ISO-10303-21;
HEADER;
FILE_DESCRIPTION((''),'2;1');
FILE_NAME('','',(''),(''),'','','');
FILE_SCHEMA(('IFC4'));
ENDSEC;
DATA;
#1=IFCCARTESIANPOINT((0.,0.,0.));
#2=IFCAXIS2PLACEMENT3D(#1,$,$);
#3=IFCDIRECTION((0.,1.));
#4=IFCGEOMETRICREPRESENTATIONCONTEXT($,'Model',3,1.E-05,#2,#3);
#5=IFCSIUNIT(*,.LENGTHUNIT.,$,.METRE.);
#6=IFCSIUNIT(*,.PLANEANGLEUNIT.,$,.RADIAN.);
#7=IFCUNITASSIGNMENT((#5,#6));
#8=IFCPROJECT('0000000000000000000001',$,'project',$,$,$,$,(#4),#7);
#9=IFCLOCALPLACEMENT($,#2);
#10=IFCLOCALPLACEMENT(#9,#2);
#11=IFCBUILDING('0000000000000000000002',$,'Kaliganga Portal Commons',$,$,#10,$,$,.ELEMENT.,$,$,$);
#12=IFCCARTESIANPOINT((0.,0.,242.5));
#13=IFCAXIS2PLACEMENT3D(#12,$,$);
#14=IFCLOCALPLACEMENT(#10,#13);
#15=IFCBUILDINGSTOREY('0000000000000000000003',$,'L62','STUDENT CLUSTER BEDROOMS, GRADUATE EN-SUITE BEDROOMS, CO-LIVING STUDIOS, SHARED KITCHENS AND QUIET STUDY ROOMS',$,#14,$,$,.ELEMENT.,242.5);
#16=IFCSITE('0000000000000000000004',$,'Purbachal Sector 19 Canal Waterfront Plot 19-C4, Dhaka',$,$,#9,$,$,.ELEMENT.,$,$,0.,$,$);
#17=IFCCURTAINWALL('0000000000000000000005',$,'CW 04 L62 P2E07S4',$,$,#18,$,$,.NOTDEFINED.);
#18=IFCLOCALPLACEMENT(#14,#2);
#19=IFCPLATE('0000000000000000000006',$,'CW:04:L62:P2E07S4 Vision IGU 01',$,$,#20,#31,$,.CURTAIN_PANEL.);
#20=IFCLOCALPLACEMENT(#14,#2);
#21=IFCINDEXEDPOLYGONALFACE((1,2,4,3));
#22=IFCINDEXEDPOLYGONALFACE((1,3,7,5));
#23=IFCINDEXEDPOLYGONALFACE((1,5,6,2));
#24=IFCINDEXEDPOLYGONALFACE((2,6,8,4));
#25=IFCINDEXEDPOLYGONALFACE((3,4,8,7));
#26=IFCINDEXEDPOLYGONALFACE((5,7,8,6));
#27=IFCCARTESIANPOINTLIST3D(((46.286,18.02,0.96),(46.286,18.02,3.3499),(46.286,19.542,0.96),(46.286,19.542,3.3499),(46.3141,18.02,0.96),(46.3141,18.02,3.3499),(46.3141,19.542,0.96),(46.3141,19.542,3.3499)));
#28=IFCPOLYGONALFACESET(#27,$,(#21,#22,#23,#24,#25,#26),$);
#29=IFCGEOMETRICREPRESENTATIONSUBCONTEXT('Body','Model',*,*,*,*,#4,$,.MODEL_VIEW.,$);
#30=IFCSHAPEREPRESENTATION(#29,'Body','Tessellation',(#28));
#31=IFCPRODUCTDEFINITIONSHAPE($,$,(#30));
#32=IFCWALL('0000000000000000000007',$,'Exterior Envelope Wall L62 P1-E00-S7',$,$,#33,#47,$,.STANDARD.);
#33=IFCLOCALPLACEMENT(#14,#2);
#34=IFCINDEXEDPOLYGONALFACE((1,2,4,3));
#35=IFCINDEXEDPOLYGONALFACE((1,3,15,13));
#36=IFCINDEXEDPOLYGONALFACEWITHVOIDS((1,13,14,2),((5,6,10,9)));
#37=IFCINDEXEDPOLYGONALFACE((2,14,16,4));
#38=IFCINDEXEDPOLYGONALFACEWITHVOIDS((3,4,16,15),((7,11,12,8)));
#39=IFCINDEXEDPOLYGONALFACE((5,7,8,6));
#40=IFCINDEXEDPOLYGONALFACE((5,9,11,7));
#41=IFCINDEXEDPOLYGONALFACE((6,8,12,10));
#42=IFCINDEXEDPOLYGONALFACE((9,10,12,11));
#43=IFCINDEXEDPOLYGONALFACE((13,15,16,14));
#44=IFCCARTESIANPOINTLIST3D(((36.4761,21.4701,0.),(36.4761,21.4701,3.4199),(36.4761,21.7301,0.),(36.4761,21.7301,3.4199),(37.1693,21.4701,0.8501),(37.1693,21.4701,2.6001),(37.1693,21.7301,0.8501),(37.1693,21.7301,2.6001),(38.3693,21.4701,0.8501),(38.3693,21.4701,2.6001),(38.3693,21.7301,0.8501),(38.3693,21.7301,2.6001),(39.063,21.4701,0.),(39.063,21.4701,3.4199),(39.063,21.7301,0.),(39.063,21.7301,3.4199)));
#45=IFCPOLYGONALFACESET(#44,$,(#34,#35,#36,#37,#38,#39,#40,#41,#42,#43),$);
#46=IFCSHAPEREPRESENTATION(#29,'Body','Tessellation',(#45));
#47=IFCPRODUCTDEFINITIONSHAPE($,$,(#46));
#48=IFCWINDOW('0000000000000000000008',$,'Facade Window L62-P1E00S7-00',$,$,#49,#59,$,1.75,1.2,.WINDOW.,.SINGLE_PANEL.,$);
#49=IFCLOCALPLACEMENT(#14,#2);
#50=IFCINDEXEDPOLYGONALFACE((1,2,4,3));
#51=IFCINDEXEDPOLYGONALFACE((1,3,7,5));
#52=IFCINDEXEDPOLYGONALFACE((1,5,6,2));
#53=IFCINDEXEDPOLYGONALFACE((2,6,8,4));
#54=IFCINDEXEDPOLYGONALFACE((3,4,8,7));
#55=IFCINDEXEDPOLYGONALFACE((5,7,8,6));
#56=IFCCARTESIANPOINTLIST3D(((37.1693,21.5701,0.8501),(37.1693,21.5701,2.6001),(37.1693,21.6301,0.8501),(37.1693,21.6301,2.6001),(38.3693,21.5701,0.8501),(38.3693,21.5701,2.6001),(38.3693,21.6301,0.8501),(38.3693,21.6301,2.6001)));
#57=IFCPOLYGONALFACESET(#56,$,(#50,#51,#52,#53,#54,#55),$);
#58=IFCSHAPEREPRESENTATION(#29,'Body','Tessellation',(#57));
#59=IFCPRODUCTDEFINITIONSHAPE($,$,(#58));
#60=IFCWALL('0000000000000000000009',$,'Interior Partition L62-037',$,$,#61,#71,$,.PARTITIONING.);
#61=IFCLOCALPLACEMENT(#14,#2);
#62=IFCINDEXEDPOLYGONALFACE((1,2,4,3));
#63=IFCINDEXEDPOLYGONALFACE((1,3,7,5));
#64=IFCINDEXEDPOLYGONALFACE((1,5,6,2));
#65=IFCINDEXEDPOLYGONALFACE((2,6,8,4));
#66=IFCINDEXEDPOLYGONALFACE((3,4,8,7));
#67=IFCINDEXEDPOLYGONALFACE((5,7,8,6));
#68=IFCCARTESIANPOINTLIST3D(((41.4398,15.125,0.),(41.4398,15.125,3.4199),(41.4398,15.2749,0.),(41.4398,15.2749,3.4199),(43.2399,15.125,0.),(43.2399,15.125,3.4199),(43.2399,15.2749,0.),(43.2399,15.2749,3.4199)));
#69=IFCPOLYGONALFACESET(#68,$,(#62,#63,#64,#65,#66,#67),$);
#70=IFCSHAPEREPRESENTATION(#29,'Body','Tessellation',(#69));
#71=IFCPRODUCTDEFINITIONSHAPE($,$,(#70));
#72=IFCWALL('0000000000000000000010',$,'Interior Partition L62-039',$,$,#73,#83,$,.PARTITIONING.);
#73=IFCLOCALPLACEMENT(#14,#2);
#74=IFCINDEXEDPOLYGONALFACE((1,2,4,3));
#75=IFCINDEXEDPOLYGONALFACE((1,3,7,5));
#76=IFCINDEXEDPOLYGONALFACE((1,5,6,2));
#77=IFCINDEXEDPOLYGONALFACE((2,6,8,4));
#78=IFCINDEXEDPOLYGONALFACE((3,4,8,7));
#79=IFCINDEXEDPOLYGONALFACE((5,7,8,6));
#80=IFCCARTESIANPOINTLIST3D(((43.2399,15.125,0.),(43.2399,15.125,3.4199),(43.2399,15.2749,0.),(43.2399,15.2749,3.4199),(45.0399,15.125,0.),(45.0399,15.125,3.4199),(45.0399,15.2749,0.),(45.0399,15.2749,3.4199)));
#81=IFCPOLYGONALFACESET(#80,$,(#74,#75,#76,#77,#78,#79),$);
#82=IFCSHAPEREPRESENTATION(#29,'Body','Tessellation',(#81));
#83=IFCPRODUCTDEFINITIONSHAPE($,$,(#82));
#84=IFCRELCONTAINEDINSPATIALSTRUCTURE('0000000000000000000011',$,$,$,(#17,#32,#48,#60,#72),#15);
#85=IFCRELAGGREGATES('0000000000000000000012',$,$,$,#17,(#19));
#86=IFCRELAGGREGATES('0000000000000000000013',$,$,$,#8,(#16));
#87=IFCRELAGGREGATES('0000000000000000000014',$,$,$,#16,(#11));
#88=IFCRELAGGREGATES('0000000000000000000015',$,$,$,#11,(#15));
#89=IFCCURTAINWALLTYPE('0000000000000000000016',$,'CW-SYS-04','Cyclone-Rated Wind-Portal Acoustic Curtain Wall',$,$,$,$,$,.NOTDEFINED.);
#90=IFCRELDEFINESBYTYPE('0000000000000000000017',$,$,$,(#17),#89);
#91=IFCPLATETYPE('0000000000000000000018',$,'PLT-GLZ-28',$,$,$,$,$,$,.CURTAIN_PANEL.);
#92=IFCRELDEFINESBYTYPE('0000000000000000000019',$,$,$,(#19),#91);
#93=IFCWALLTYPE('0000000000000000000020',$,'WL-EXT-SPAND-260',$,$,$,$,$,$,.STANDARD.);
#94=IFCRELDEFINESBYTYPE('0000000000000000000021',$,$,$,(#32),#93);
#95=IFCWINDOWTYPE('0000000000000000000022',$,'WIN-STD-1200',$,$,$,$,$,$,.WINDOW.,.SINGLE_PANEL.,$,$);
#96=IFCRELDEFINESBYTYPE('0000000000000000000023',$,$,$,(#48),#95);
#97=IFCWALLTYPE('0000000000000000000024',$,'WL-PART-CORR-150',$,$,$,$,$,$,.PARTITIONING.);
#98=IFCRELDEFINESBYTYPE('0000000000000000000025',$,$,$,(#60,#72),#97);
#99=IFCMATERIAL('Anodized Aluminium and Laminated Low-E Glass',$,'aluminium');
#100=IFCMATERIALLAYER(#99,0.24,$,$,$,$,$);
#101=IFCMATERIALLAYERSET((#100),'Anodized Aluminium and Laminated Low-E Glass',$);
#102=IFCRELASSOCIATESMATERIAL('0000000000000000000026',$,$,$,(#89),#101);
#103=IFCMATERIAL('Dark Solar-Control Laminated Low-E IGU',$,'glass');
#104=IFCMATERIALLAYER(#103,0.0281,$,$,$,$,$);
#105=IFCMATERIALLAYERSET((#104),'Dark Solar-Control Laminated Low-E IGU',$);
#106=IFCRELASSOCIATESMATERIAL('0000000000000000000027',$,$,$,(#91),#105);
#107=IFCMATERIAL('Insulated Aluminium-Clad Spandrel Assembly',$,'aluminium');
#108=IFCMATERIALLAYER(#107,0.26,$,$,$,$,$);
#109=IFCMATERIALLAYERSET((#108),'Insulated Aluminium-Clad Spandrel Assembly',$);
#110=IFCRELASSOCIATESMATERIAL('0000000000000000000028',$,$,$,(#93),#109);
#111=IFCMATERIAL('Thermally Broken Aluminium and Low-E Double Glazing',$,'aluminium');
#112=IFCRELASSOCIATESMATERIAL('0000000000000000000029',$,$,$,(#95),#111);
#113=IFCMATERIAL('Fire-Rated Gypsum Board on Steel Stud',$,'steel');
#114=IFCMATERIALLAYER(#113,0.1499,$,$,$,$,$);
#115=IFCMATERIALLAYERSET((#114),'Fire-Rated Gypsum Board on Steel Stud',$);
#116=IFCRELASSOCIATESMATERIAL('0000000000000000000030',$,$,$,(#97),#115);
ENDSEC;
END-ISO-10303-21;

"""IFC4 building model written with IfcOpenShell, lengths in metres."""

from ifc_helpers import new_model, si_unit, direction, frame, frame_2d, origin, origin_2d, place, context, subcontext, project, spatial, rectangle, extrude, source, transform, mapped, material, layer, layer_set, type_object, element, fill, aggregate, save


model = new_model("IFC4")

# Units and contexts
model_context = context("Model", 3, precision=1e-05, world=origin(), true_north=direction((0.0, 1.0)))
body_context = subcontext(model_context, "Body", "Model", "MODEL_VIEW")
ifc_project = project(units=[si_unit("LENGTHUNIT", "METRE"), si_unit("PLANEANGLEUNIT", "RADIAN")], contexts=[model_context])

# Site, building, storey
site_placement = place(None, origin())
site = spatial("IfcSite", under=ifc_project, at=site_placement, Name="Purbachal Sector 19 Canal Waterfront Plot 19-C4, Dhaka", CompositionType="ELEMENT", RefElevation=0.0)
building_placement = place(site_placement, origin())
building = spatial("IfcBuilding", under=site, at=building_placement, Name="Kaliganga Portal Commons", CompositionType="ELEMENT")
storey_placement = place(building_placement, frame((0.0, 0.0, 242.5)))
storey = spatial("IfcBuildingStorey", under=building, at=storey_placement, Name="L62", Description="STUDENT CLUSTER BEDROOMS, GRADUATE EN-SUITE BEDROOMS, CO-LIVING STUDIOS, SHARED KITCHENS AND QUIET STUDY ROOMS", CompositionType="ELEMENT", Elevation=242.5)

# Shared definitions
ifc_material_1 = material(Name="Anodized Aluminium and Laminated Low-E Glass", Category="aluminium")
ifc_layer_1 = layer(ifc_material_1, 0.24)
ifc_layer_set_1 = layer_set([ifc_layer_1], Name="Anodized Aluminium and Laminated Low-E Glass")
curtain_wall_type = type_object("IfcCurtainWallType", Name="CW-SYS-04", Description="Cyclone-Rated Wind-Portal Acoustic Curtain Wall", PredefinedType="NOTDEFINED", material=ifc_layer_set_1)

# Curtain wall
curtain_wall_1_placement = place(storey_placement, origin())
curtain_wall_1 = element("IfcCurtainWall", 1, at=curtain_wall_1_placement, inside=storey, type_object=curtain_wall_type, Name="CW 04 L62 P2E07S4", PredefinedType="NOTDEFINED")

# Plate
ifc_material_2 = material(Name="Dark Solar-Control Laminated Low-E IGU", Category="glass")
ifc_layer_2 = layer(ifc_material_2, 0.0281)
ifc_layer_set_2 = layer_set([ifc_layer_2], Name="Dark Solar-Control Laminated Low-E IGU")
plate_type_1 = type_object("IfcPlateType", Name="PLT-GLZ-28", PredefinedType="CURTAIN_PANEL", material=ifc_layer_set_2)
shared_shape_1 = source(origin(), body_context, "Body", "SweptSolid", [
    extrude(rectangle(XDim=1.522, YDim=0.0281, at=origin_2d()), origin(), (0.0, 0.0, 1.0), 2.3899),
])
plate_1_placement = place(storey_placement, frame((46.3, 18.781, 0.96), z_axis=(0.0, 0.0, 1.0), x_axis=(0.0, -1.0, 0.0)))
plate_1 = element("IfcPlate", 2, at=plate_1_placement, type_object=plate_type_1, Name="CW:04:L62:P2E07S4 Vision IGU 01", PredefinedType="CURTAIN_PANEL", context=body_context, shape_type="MappedRepresentation", body=[
    mapped(shared_shape_1, transform((0.0, 0.0, 0.0), x_axis=(1.0, 0.0, 0.0), y_axis=(0.0, 1.0, 0.0), z_axis=(0.0, 0.0, 1.0), scale=1.0)),
])
aggregate(curtain_wall_1, [plate_1])

# Wall, opening, window
ifc_material_3 = material(Name="Insulated Aluminium-Clad Spandrel Assembly", Category="aluminium")
ifc_layer_3 = layer(ifc_material_3, 0.26)
ifc_layer_set_3 = layer_set([ifc_layer_3], Name="Insulated Aluminium-Clad Spandrel Assembly")
wall_type_1 = type_object("IfcWallType", Name="WL-EXT-SPAND-260", PredefinedType="STANDARD", material=ifc_layer_set_3)
wall_placement = place(storey_placement, frame((39.063, 21.6001, 0.0), z_axis=(0.0, 0.0, 1.0), x_axis=(-1.0, 0.0, 0.0)))
wall = element("IfcWall", 3, at=wall_placement, inside=storey, type_object=wall_type_1, Name="Exterior Envelope Wall L62 P1-E00-S7", PredefinedType="STANDARD", context=body_context, shape_type="SweptSolid", body=[
    extrude(rectangle(XDim=2.5869, YDim=0.26, at=frame_2d((1.2935, 0.0))), origin(), (0.0, 0.0, 1.0), 3.4199),
])
opening_placement = place(wall_placement, frame((0.6936, 0.0, 0.8501)))
opening = element("IfcOpeningElement", 4, at=opening_placement, cuts=wall, PredefinedType="OPENING", context=body_context, shape_type="SweptSolid", body=[
    extrude(rectangle(XDim=1.2, YDim=1.75, at=frame_2d((0.6001, 0.875))), frame((0.0, 0.1401, 0.0), z_axis=(0.0, -1.0, 0.0), x_axis=(1.0, 0.0, 0.0)), (0.0, 0.0, 1.0), 0.28),
])
ifc_material_4 = material(Name="Thermally Broken Aluminium and Low-E Double Glazing", Category="aluminium")
window_type = type_object("IfcWindowType", Name="WIN-STD-1200", PartitioningType="SINGLE_PANEL", PredefinedType="WINDOW", material=ifc_material_4)
window_placement = place(opening_placement, origin())
window = element("IfcWindow", 5, at=window_placement, inside=storey, type_object=window_type, Name="Facade Window L62-P1E00S7-00", OverallHeight=1.75, OverallWidth=1.2, PartitioningType="SINGLE_PANEL", PredefinedType="WINDOW", context=body_context, shape_type="SweptSolid", body=[
    extrude(rectangle(XDim=1.2, YDim=1.75, at=frame_2d((0.6001, 0.875))), frame((0.0, 0.03, 0.0), z_axis=(0.0, -1.0, 0.0), x_axis=(1.0, 0.0, 0.0)), (0.0, 0.0, 1.0), 0.0601),
])
fill(opening, window)

# Walls
ifc_material_5 = material(Name="Fire-Rated Gypsum Board on Steel Stud", Category="steel")
ifc_layer_4 = layer(ifc_material_5, 0.1499)
ifc_layer_set_4 = layer_set([ifc_layer_4], Name="Fire-Rated Gypsum Board on Steel Stud")
wall_type_2 = type_object("IfcWallType", Name="WL-PART-CORR-150", PredefinedType="PARTITIONING", material=ifc_layer_set_4)
for number, where, z_axis, x_axis, name in (
    (6, (41.4399, 15.2, 0.0), (0.0, 0.0, 1.0), (1.0, 0.0, 0.0), "Interior Partition L62-037"),
    (7, (43.24, 15.2, 0.0), (0.0, 0.0, 1.0), (1.0, 0.0, 0.0), "Interior Partition L62-039"),
):
    element("IfcWall", number, at=place(storey_placement, frame(where, z_axis=z_axis, x_axis=x_axis)), inside=storey, type_object=wall_type_2, Name=name, PredefinedType="PARTITIONING", context=body_context, shape_type="SweptSolid", body=[
        extrude(rectangle(XDim=1.8, YDim=0.1499, at=frame_2d((0.8999, 0.0))), origin(), (0.0, 0.0, 1.0), 3.4199),
    ])

save(model, "model.ifc")
